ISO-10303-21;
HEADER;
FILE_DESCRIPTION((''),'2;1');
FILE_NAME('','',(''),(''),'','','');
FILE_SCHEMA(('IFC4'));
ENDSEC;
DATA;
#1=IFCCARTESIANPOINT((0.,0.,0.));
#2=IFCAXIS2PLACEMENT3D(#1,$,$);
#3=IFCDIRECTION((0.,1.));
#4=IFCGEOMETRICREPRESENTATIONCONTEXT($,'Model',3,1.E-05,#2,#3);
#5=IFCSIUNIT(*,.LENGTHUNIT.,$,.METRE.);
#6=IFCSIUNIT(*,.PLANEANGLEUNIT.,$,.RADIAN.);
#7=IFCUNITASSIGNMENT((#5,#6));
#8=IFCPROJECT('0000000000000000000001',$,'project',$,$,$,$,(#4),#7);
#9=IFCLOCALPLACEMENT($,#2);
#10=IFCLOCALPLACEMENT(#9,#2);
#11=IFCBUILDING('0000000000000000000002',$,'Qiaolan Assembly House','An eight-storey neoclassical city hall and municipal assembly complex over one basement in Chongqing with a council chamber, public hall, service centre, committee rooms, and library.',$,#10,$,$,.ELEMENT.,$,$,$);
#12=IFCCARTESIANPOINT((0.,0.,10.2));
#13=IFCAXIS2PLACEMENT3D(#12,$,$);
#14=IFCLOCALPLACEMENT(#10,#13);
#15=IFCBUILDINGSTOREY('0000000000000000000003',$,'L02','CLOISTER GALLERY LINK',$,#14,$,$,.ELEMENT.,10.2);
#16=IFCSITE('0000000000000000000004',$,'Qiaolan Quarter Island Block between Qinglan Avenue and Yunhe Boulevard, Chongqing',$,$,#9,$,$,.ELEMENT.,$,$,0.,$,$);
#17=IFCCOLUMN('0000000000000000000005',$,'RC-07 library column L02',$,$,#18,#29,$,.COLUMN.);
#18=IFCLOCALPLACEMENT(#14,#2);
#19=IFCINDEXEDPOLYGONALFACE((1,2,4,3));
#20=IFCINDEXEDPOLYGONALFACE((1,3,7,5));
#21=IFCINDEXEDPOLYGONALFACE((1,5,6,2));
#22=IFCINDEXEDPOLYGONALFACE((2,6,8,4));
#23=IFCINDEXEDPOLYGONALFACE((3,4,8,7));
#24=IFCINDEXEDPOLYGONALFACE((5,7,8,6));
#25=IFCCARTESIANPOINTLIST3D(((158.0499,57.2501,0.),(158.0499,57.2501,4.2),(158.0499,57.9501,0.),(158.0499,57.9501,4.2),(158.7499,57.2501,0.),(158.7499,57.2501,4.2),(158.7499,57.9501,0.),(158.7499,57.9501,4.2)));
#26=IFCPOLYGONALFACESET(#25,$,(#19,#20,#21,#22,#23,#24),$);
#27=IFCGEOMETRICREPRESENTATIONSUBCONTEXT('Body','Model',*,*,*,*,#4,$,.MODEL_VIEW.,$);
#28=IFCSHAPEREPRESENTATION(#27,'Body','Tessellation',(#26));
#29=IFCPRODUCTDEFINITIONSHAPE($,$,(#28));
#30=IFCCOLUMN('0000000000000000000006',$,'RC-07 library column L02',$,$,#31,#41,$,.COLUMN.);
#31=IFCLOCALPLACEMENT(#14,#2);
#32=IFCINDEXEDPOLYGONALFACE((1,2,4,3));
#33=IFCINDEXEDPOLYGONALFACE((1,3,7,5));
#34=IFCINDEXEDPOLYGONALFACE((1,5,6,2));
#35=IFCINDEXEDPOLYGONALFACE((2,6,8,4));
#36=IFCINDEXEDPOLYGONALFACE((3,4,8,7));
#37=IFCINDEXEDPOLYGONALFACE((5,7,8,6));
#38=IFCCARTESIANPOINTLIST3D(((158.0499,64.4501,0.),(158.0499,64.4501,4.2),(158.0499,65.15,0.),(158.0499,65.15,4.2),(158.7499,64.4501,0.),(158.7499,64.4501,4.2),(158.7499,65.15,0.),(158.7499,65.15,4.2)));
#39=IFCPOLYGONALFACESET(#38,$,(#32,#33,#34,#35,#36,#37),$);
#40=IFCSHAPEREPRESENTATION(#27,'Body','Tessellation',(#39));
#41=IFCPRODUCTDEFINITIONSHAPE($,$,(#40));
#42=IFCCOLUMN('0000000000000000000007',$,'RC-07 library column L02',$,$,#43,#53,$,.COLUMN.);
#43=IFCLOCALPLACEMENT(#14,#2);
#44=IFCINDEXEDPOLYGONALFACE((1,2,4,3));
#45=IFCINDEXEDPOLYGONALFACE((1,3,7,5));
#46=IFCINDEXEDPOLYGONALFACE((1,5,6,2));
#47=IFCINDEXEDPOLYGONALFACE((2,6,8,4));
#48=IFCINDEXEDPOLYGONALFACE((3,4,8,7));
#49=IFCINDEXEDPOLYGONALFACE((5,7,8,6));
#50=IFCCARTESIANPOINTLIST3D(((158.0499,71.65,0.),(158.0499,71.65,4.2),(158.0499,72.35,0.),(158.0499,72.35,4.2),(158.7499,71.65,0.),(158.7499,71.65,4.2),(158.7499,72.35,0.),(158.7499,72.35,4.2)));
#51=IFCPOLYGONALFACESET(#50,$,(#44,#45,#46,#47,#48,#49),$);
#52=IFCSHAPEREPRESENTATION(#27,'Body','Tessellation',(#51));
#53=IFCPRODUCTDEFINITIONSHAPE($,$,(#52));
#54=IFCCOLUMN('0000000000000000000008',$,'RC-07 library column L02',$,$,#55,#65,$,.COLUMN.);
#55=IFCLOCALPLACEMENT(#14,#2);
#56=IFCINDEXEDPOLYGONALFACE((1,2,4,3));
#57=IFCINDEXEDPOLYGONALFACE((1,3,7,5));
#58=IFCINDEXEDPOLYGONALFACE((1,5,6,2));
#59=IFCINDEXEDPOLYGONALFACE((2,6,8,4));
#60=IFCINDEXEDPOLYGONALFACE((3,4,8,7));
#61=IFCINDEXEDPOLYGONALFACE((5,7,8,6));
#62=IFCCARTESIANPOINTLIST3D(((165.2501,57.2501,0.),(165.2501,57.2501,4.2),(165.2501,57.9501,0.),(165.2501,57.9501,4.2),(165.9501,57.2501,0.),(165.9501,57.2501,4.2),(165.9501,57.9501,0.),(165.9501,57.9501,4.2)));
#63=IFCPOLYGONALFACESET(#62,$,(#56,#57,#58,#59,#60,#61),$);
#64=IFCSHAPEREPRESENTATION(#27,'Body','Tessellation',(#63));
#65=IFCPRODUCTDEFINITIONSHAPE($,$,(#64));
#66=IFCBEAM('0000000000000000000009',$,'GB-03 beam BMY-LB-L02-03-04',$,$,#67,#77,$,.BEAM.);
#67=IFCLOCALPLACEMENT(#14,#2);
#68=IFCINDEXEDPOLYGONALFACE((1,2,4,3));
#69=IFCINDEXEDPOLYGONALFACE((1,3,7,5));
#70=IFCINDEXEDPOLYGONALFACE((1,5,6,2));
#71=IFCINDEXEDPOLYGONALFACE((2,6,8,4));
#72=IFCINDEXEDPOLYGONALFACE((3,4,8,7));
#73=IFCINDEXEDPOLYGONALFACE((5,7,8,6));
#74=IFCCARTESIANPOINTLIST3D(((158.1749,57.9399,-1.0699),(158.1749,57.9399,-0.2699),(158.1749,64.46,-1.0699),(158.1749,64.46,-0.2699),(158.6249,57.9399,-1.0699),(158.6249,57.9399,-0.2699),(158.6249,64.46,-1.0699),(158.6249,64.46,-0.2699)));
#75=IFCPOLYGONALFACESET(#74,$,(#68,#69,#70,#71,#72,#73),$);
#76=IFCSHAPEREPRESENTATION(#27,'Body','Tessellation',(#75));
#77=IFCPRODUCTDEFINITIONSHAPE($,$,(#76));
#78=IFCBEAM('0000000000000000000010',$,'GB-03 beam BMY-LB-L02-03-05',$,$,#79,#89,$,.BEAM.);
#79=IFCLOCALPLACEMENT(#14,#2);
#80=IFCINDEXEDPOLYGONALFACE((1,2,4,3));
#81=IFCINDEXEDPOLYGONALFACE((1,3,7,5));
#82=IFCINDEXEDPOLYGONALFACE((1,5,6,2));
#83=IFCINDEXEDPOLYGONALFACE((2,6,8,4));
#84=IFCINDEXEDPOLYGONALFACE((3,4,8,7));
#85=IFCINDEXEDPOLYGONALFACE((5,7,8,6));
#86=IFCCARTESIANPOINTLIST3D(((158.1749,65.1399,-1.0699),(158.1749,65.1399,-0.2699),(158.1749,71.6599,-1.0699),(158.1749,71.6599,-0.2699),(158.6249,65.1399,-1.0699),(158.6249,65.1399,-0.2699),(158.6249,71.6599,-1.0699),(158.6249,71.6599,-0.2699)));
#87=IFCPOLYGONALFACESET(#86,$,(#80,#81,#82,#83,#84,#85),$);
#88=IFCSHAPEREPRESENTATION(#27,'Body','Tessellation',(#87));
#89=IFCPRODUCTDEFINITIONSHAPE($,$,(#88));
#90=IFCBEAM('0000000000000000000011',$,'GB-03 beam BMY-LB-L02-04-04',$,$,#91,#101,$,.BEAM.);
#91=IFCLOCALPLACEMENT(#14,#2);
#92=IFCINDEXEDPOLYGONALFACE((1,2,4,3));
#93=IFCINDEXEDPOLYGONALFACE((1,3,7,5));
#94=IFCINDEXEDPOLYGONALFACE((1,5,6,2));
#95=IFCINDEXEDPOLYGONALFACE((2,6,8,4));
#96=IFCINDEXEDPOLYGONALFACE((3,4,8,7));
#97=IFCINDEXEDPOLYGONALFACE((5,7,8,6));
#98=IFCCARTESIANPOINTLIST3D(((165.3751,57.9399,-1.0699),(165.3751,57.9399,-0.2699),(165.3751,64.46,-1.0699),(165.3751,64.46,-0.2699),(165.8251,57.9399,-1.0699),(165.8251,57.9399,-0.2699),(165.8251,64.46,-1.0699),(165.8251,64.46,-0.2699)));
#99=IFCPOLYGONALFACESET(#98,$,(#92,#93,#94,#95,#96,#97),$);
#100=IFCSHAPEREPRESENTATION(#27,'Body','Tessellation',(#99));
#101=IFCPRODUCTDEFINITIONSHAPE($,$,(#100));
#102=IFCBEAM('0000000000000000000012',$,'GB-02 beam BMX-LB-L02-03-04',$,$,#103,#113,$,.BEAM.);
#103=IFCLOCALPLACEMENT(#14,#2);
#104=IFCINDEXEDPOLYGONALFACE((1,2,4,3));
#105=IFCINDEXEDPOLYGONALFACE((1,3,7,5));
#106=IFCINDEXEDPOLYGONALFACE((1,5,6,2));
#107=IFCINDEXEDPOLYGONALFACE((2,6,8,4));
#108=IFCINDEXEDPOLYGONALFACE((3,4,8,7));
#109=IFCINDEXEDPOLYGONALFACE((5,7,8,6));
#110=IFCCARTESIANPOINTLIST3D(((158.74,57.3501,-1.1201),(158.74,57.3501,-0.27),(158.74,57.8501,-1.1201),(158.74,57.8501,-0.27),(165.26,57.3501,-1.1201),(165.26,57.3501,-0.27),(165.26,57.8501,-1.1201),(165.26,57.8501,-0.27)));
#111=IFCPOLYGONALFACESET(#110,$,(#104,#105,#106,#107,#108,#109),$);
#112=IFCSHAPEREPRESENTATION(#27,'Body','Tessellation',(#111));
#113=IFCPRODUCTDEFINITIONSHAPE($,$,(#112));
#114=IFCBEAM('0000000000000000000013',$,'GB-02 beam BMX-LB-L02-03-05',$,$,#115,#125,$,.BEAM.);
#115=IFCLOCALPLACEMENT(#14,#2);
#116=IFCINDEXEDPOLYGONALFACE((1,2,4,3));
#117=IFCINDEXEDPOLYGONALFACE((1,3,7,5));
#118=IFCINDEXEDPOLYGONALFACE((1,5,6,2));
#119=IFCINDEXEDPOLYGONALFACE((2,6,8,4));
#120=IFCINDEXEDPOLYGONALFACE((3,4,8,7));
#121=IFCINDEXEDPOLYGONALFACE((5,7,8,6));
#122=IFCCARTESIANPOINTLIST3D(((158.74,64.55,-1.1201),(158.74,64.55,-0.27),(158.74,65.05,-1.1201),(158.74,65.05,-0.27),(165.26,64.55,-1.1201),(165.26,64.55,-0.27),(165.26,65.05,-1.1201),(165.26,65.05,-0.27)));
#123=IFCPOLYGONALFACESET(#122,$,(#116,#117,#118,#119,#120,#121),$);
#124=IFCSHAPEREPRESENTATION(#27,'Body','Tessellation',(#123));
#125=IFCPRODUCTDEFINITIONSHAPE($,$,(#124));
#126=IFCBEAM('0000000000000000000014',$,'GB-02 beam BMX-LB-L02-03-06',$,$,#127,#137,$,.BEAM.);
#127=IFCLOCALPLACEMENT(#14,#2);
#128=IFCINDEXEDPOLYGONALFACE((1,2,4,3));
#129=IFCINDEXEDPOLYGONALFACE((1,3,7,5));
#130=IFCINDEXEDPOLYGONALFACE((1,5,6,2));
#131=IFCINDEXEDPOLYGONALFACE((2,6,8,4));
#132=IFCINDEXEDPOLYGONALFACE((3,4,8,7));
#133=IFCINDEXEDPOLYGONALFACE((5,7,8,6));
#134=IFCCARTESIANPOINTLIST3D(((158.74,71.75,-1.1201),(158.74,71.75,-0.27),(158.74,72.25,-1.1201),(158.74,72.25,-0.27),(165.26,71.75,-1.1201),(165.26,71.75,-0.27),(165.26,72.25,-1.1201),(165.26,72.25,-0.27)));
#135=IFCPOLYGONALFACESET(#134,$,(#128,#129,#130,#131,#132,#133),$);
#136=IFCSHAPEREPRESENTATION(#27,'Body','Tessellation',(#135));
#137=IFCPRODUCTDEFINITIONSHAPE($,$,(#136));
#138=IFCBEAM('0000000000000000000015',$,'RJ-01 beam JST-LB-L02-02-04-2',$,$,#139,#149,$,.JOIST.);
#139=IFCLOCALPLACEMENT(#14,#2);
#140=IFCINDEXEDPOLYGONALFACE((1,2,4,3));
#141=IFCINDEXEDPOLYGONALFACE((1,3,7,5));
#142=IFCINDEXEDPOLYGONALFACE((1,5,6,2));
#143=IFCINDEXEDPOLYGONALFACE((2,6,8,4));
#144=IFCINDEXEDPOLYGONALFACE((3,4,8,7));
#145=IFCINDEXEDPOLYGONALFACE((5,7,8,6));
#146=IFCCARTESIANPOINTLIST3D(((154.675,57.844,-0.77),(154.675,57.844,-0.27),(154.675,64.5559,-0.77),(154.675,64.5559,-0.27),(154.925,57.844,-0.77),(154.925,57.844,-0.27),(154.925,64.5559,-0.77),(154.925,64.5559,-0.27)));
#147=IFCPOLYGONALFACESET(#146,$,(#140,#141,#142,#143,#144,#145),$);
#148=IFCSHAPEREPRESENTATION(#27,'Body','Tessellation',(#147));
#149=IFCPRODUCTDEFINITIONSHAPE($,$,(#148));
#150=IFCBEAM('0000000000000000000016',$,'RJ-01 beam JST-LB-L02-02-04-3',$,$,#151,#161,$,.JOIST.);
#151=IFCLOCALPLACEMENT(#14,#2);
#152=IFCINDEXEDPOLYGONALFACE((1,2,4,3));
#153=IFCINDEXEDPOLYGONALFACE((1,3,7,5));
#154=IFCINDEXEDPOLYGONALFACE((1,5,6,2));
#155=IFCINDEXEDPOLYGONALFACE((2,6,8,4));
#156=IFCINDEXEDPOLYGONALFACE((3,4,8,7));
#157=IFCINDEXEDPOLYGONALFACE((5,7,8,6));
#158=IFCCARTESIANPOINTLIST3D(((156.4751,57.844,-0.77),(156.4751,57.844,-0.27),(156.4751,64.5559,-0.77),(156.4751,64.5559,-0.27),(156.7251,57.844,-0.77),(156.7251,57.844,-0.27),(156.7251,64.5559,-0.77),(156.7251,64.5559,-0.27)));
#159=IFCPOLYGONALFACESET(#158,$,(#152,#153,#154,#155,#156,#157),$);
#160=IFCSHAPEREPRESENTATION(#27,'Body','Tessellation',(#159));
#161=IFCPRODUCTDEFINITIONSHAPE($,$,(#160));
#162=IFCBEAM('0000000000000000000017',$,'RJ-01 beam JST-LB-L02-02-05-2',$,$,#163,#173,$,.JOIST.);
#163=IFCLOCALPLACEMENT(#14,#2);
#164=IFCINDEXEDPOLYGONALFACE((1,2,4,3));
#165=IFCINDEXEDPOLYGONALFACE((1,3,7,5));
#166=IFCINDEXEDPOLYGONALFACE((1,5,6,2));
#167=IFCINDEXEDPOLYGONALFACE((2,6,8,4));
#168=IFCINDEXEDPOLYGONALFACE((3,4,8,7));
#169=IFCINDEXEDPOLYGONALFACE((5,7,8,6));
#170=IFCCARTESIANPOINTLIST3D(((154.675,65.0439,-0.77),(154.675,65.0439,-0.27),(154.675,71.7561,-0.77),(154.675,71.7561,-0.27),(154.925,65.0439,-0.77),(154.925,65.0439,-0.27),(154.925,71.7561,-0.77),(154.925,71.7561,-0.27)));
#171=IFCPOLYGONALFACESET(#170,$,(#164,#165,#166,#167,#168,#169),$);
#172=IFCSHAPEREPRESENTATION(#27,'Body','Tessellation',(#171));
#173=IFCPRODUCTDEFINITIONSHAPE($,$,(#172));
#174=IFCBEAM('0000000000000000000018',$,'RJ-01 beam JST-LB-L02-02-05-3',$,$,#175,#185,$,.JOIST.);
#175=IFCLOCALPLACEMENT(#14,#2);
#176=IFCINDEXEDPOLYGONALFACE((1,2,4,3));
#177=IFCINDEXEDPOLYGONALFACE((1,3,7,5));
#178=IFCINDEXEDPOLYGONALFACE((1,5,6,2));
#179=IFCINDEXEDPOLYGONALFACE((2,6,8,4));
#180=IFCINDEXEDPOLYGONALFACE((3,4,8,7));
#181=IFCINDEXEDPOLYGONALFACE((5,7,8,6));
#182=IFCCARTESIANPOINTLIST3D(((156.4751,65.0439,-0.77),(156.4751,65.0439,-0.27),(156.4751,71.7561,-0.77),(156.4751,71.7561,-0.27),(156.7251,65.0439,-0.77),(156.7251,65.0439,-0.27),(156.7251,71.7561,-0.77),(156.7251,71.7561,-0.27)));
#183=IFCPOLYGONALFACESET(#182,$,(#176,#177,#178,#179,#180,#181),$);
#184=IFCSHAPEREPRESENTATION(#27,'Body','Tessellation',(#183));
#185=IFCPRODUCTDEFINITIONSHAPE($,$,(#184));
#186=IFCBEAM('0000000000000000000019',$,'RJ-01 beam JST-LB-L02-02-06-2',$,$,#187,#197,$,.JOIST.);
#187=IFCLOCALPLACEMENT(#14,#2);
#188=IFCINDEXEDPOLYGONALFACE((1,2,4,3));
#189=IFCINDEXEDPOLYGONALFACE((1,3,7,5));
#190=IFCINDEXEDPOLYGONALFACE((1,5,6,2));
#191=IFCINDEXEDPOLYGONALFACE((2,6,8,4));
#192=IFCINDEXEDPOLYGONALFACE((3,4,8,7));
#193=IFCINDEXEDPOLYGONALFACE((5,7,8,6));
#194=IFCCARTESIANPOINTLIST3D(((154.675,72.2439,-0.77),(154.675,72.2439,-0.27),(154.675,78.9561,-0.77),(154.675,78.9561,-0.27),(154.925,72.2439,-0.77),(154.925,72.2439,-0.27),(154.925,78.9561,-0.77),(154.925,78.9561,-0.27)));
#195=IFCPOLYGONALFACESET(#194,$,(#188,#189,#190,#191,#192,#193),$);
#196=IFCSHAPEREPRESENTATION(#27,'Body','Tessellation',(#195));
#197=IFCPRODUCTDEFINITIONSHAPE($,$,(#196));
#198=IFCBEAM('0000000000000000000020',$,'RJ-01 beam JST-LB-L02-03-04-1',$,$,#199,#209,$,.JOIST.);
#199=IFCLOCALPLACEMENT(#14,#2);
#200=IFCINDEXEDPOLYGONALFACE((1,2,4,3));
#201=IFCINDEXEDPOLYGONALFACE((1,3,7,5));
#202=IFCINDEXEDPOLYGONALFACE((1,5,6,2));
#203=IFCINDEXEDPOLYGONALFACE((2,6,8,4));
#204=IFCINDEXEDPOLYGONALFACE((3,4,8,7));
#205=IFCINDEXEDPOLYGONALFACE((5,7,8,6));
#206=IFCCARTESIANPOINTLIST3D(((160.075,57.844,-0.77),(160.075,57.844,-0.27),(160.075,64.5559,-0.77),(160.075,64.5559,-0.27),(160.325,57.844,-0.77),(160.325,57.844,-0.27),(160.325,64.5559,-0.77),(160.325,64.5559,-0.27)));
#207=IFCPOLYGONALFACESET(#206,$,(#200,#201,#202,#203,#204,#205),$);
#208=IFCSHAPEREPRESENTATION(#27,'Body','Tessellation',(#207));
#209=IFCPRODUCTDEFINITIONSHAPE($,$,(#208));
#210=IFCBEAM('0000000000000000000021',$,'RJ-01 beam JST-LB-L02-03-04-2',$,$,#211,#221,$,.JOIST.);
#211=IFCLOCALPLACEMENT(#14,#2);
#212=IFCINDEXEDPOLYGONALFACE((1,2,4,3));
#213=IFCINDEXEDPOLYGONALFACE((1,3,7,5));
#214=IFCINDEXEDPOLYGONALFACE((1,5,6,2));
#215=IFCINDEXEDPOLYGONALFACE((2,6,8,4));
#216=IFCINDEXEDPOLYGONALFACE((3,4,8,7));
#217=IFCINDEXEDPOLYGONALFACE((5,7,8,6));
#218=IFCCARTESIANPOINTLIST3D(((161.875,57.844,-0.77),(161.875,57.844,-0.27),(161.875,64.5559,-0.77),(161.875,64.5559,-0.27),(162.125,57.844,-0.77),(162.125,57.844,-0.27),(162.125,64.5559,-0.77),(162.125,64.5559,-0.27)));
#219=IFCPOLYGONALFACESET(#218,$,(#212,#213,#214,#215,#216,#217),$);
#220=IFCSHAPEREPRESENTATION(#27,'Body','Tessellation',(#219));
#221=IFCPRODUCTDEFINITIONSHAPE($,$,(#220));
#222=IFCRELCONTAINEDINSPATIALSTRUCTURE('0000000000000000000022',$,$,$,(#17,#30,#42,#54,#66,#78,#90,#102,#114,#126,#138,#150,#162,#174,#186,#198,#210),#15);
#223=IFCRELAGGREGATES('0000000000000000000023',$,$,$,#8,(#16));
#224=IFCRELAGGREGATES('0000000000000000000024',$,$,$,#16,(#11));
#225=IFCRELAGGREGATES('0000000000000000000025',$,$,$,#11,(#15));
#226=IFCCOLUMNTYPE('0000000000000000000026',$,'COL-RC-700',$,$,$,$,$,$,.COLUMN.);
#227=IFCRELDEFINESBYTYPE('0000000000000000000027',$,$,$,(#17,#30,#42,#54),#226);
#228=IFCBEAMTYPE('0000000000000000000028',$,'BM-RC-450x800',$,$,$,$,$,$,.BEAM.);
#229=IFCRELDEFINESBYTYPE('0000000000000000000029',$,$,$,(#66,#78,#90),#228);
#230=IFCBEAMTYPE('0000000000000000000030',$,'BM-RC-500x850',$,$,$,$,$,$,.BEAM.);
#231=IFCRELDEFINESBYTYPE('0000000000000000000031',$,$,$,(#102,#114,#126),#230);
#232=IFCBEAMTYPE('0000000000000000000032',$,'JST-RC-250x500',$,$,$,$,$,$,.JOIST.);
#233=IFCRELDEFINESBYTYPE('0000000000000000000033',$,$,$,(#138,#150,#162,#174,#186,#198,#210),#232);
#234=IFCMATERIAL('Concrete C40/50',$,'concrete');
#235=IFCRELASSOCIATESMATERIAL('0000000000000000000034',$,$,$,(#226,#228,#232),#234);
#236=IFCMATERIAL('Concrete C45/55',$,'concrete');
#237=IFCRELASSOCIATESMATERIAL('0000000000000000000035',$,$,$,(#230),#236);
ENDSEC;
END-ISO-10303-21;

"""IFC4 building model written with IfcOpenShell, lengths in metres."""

from ifc_helpers import new_model, si_unit, direction, frame, origin, origin_2d, place, context, subcontext, project, spatial, rectangle, extrude, material, material_profile, profile_set, type_object, element, save


model = new_model("IFC4")

# Units and contexts
model_context = context("Model", 3, precision=1e-05, world=origin(), true_north=direction((0.0, 1.0)))
body_context = subcontext(model_context, "Body", "Model", "MODEL_VIEW")
ifc_project = project(units=[si_unit("LENGTHUNIT", "METRE"), si_unit("PLANEANGLEUNIT", "RADIAN")], contexts=[model_context])

# Site, building, storey
site_placement = place(None, origin())
site = spatial("IfcSite", under=ifc_project, at=site_placement, Name="Qiaolan Quarter Island Block between Qinglan Avenue and Yunhe Boulevard, Chongqing", CompositionType="ELEMENT", RefElevation=0.0)
building_placement = place(site_placement, origin())
building = spatial("IfcBuilding", under=site, at=building_placement, Name="Qiaolan Assembly House", Description="An eight-storey neoclassical city hall and municipal assembly complex over one basement in Chongqing with a council chamber, public hall, service centre, committee rooms, and library.", CompositionType="ELEMENT")
storey_placement = place(building_placement, frame((0.0, 0.0, 10.2)))
storey = spatial("IfcBuildingStorey", under=building, at=storey_placement, Name="L02", Description="CLOISTER GALLERY LINK", CompositionType="ELEMENT", Elevation=10.2)

# Columns
ifc_material_1 = material(Name="Concrete C40/50", Category="concrete")
ifc_material_profile_1 = material_profile(ifc_material_1, rectangle(XDim=0.7, YDim=0.7, at=origin_2d()), Name="RC 700x700")
ifc_profile_set_1 = profile_set([ifc_material_profile_1], Name="Concrete C40/50")
column_type = type_object("IfcColumnType", Name="COL-RC-700", PredefinedType="COLUMN", material=ifc_profile_set_1)
for number, where, z_axis, x_axis, name in (
    (1, (158.3999, 57.6001, 0.0), (0.0, 0.0, 1.0), (1.0, 0.0, 0.0), "RC-07 library column L02"),
    (2, (158.3999, 64.8, 0.0), (0.0, 0.0, 1.0), (1.0, 0.0, 0.0), "RC-07 library column L02"),
    (3, (158.3999, 72.0, 0.0), (0.0, 0.0, 1.0), (1.0, 0.0, 0.0), "RC-07 library column L02"),
    (4, (165.6001, 57.6001, 0.0), (0.0, 0.0, 1.0), (1.0, 0.0, 0.0), "RC-07 library column L02"),
):
    element("IfcColumn", number, at=place(storey_placement, frame(where, z_axis=z_axis, x_axis=x_axis)), inside=storey, type_object=column_type, Name=name, PredefinedType="COLUMN", context=body_context, shape_type="SweptSolid", body=[
        extrude(rectangle(XDim=0.7, YDim=0.7, at=origin_2d()), origin(), (0.0, 0.0, 1.0), 4.2),
    ])

# Beams
ifc_material_profile_2 = material_profile(ifc_material_1, rectangle(XDim=0.45, YDim=0.8, at=origin_2d()), Name="RCB 450x800")
ifc_profile_set_2 = profile_set([ifc_material_profile_2], Name="Concrete C40/50")
beam_type_1 = type_object("IfcBeamType", Name="BM-RC-450x800", PredefinedType="BEAM", material=ifc_profile_set_2)
for number, where, z_axis, x_axis, name in (
    (5, (158.3999, 57.9399, -0.6699), (0.0, 1.0, 0.0), (-1.0, 0.0, 0.0), "GB-03 beam BMY-LB-L02-03-04"),
    (6, (158.3999, 65.1399, -0.6699), (0.0, 1.0, 0.0), (-1.0, 0.0, 0.0), "GB-03 beam BMY-LB-L02-03-05"),
    (7, (165.6001, 57.9399, -0.6699), (0.0, 1.0, 0.0), (-1.0, 0.0, 0.0), "GB-03 beam BMY-LB-L02-04-04"),
):
    element("IfcBeam", number, at=place(storey_placement, frame(where, z_axis=z_axis, x_axis=x_axis)), inside=storey, type_object=beam_type_1, Name=name, PredefinedType="BEAM", context=body_context, shape_type="SweptSolid", body=[
        extrude(rectangle(XDim=0.45, YDim=0.8, at=origin_2d()), origin(), (0.0, 0.0, 1.0), 6.52),
    ])
ifc_material_2 = material(Name="Concrete C45/55", Category="concrete")
ifc_material_profile_3 = material_profile(ifc_material_2, rectangle(XDim=0.5, YDim=0.8501, at=origin_2d()), Name="RCB 500x850")
ifc_profile_set_3 = profile_set([ifc_material_profile_3], Name="Concrete C45/55")
beam_type_2 = type_object("IfcBeamType", Name="BM-RC-500x850", PredefinedType="BEAM", material=ifc_profile_set_3)
for number, where, z_axis, x_axis, name in (
    (8, (158.74, 57.6001, -0.6951), (1.0, 0.0, 0.0), (0.0, 1.0, 0.0), "GB-02 beam BMX-LB-L02-03-04"),
    (9, (158.74, 64.8, -0.6951), (1.0, 0.0, 0.0), (0.0, 1.0, 0.0), "GB-02 beam BMX-LB-L02-03-05"),
    (10, (158.74, 72.0, -0.6951), (1.0, 0.0, 0.0), (0.0, 1.0, 0.0), "GB-02 beam BMX-LB-L02-03-06"),
):
    element("IfcBeam", number, at=place(storey_placement, frame(where, z_axis=z_axis, x_axis=x_axis)), inside=storey, type_object=beam_type_2, Name=name, PredefinedType="BEAM", context=body_context, shape_type="SweptSolid", body=[
        extrude(rectangle(XDim=0.5, YDim=0.8501, at=origin_2d()), origin(), (0.0, 0.0, 1.0), 6.52),
    ])
ifc_material_profile_4 = material_profile(ifc_material_1, rectangle(XDim=0.25, YDim=0.5, at=origin_2d()), Name="RCB 250x500")
ifc_profile_set_4 = profile_set([ifc_material_profile_4], Name="Concrete C40/50")
beam_type_3 = type_object("IfcBeamType", Name="JST-RC-250x500", PredefinedType="JOIST", material=ifc_profile_set_4)
for number, where, z_axis, x_axis, name in (
    (11, (154.8, 57.844, -0.52), (0.0, 1.0, 0.0), (-1.0, 0.0, 0.0), "RJ-01 beam JST-LB-L02-02-04-2"),
    (12, (156.6001, 57.844, -0.52), (0.0, 1.0, 0.0), (-1.0, 0.0, 0.0), "RJ-01 beam JST-LB-L02-02-04-3"),
):
    element("IfcBeam", number, at=place(storey_placement, frame(where, z_axis=z_axis, x_axis=x_axis)), inside=storey, type_object=beam_type_3, Name=name, PredefinedType="JOIST", context=body_context, shape_type="SweptSolid", body=[
        extrude(rectangle(XDim=0.25, YDim=0.5, at=origin_2d()), origin(), (0.0, 0.0, 1.0), 6.7119),
    ])
for number, where, z_axis, x_axis, name in (
    (13, (154.8, 65.0439, -0.52), (0.0, 1.0, 0.0), (-1.0, 0.0, 0.0), "RJ-01 beam JST-LB-L02-02-05-2"),
    (14, (156.6001, 65.0439, -0.52), (0.0, 1.0, 0.0), (-1.0, 0.0, 0.0), "RJ-01 beam JST-LB-L02-02-05-3"),
    (15, (154.8, 72.2439, -0.52), (0.0, 1.0, 0.0), (-1.0, 0.0, 0.0), "RJ-01 beam JST-LB-L02-02-06-2"),
):
    element("IfcBeam", number, at=place(storey_placement, frame(where, z_axis=z_axis, x_axis=x_axis)), inside=storey, type_object=beam_type_3, Name=name, PredefinedType="JOIST", context=body_context, shape_type="SweptSolid", body=[
        extrude(rectangle(XDim=0.25, YDim=0.5, at=origin_2d()), origin(), (0.0, 0.0, 1.0), 6.7122),
    ])
for number, where, z_axis, x_axis, name in (
    (16, (160.2, 57.844, -0.52), (0.0, 1.0, 0.0), (-1.0, 0.0, 0.0), "RJ-01 beam JST-LB-L02-03-04-1"),
    (17, (162.0, 57.844, -0.52), (0.0, 1.0, 0.0), (-1.0, 0.0, 0.0), "RJ-01 beam JST-LB-L02-03-04-2"),
):
    element("IfcBeam", number, at=place(storey_placement, frame(where, z_axis=z_axis, x_axis=x_axis)), inside=storey, type_object=beam_type_3, Name=name, PredefinedType="JOIST", context=body_context, shape_type="SweptSolid", body=[
        extrude(rectangle(XDim=0.25, YDim=0.5, at=origin_2d()), origin(), (0.0, 0.0, 1.0), 6.7119),
    ])

save(model, "model.ifc")
